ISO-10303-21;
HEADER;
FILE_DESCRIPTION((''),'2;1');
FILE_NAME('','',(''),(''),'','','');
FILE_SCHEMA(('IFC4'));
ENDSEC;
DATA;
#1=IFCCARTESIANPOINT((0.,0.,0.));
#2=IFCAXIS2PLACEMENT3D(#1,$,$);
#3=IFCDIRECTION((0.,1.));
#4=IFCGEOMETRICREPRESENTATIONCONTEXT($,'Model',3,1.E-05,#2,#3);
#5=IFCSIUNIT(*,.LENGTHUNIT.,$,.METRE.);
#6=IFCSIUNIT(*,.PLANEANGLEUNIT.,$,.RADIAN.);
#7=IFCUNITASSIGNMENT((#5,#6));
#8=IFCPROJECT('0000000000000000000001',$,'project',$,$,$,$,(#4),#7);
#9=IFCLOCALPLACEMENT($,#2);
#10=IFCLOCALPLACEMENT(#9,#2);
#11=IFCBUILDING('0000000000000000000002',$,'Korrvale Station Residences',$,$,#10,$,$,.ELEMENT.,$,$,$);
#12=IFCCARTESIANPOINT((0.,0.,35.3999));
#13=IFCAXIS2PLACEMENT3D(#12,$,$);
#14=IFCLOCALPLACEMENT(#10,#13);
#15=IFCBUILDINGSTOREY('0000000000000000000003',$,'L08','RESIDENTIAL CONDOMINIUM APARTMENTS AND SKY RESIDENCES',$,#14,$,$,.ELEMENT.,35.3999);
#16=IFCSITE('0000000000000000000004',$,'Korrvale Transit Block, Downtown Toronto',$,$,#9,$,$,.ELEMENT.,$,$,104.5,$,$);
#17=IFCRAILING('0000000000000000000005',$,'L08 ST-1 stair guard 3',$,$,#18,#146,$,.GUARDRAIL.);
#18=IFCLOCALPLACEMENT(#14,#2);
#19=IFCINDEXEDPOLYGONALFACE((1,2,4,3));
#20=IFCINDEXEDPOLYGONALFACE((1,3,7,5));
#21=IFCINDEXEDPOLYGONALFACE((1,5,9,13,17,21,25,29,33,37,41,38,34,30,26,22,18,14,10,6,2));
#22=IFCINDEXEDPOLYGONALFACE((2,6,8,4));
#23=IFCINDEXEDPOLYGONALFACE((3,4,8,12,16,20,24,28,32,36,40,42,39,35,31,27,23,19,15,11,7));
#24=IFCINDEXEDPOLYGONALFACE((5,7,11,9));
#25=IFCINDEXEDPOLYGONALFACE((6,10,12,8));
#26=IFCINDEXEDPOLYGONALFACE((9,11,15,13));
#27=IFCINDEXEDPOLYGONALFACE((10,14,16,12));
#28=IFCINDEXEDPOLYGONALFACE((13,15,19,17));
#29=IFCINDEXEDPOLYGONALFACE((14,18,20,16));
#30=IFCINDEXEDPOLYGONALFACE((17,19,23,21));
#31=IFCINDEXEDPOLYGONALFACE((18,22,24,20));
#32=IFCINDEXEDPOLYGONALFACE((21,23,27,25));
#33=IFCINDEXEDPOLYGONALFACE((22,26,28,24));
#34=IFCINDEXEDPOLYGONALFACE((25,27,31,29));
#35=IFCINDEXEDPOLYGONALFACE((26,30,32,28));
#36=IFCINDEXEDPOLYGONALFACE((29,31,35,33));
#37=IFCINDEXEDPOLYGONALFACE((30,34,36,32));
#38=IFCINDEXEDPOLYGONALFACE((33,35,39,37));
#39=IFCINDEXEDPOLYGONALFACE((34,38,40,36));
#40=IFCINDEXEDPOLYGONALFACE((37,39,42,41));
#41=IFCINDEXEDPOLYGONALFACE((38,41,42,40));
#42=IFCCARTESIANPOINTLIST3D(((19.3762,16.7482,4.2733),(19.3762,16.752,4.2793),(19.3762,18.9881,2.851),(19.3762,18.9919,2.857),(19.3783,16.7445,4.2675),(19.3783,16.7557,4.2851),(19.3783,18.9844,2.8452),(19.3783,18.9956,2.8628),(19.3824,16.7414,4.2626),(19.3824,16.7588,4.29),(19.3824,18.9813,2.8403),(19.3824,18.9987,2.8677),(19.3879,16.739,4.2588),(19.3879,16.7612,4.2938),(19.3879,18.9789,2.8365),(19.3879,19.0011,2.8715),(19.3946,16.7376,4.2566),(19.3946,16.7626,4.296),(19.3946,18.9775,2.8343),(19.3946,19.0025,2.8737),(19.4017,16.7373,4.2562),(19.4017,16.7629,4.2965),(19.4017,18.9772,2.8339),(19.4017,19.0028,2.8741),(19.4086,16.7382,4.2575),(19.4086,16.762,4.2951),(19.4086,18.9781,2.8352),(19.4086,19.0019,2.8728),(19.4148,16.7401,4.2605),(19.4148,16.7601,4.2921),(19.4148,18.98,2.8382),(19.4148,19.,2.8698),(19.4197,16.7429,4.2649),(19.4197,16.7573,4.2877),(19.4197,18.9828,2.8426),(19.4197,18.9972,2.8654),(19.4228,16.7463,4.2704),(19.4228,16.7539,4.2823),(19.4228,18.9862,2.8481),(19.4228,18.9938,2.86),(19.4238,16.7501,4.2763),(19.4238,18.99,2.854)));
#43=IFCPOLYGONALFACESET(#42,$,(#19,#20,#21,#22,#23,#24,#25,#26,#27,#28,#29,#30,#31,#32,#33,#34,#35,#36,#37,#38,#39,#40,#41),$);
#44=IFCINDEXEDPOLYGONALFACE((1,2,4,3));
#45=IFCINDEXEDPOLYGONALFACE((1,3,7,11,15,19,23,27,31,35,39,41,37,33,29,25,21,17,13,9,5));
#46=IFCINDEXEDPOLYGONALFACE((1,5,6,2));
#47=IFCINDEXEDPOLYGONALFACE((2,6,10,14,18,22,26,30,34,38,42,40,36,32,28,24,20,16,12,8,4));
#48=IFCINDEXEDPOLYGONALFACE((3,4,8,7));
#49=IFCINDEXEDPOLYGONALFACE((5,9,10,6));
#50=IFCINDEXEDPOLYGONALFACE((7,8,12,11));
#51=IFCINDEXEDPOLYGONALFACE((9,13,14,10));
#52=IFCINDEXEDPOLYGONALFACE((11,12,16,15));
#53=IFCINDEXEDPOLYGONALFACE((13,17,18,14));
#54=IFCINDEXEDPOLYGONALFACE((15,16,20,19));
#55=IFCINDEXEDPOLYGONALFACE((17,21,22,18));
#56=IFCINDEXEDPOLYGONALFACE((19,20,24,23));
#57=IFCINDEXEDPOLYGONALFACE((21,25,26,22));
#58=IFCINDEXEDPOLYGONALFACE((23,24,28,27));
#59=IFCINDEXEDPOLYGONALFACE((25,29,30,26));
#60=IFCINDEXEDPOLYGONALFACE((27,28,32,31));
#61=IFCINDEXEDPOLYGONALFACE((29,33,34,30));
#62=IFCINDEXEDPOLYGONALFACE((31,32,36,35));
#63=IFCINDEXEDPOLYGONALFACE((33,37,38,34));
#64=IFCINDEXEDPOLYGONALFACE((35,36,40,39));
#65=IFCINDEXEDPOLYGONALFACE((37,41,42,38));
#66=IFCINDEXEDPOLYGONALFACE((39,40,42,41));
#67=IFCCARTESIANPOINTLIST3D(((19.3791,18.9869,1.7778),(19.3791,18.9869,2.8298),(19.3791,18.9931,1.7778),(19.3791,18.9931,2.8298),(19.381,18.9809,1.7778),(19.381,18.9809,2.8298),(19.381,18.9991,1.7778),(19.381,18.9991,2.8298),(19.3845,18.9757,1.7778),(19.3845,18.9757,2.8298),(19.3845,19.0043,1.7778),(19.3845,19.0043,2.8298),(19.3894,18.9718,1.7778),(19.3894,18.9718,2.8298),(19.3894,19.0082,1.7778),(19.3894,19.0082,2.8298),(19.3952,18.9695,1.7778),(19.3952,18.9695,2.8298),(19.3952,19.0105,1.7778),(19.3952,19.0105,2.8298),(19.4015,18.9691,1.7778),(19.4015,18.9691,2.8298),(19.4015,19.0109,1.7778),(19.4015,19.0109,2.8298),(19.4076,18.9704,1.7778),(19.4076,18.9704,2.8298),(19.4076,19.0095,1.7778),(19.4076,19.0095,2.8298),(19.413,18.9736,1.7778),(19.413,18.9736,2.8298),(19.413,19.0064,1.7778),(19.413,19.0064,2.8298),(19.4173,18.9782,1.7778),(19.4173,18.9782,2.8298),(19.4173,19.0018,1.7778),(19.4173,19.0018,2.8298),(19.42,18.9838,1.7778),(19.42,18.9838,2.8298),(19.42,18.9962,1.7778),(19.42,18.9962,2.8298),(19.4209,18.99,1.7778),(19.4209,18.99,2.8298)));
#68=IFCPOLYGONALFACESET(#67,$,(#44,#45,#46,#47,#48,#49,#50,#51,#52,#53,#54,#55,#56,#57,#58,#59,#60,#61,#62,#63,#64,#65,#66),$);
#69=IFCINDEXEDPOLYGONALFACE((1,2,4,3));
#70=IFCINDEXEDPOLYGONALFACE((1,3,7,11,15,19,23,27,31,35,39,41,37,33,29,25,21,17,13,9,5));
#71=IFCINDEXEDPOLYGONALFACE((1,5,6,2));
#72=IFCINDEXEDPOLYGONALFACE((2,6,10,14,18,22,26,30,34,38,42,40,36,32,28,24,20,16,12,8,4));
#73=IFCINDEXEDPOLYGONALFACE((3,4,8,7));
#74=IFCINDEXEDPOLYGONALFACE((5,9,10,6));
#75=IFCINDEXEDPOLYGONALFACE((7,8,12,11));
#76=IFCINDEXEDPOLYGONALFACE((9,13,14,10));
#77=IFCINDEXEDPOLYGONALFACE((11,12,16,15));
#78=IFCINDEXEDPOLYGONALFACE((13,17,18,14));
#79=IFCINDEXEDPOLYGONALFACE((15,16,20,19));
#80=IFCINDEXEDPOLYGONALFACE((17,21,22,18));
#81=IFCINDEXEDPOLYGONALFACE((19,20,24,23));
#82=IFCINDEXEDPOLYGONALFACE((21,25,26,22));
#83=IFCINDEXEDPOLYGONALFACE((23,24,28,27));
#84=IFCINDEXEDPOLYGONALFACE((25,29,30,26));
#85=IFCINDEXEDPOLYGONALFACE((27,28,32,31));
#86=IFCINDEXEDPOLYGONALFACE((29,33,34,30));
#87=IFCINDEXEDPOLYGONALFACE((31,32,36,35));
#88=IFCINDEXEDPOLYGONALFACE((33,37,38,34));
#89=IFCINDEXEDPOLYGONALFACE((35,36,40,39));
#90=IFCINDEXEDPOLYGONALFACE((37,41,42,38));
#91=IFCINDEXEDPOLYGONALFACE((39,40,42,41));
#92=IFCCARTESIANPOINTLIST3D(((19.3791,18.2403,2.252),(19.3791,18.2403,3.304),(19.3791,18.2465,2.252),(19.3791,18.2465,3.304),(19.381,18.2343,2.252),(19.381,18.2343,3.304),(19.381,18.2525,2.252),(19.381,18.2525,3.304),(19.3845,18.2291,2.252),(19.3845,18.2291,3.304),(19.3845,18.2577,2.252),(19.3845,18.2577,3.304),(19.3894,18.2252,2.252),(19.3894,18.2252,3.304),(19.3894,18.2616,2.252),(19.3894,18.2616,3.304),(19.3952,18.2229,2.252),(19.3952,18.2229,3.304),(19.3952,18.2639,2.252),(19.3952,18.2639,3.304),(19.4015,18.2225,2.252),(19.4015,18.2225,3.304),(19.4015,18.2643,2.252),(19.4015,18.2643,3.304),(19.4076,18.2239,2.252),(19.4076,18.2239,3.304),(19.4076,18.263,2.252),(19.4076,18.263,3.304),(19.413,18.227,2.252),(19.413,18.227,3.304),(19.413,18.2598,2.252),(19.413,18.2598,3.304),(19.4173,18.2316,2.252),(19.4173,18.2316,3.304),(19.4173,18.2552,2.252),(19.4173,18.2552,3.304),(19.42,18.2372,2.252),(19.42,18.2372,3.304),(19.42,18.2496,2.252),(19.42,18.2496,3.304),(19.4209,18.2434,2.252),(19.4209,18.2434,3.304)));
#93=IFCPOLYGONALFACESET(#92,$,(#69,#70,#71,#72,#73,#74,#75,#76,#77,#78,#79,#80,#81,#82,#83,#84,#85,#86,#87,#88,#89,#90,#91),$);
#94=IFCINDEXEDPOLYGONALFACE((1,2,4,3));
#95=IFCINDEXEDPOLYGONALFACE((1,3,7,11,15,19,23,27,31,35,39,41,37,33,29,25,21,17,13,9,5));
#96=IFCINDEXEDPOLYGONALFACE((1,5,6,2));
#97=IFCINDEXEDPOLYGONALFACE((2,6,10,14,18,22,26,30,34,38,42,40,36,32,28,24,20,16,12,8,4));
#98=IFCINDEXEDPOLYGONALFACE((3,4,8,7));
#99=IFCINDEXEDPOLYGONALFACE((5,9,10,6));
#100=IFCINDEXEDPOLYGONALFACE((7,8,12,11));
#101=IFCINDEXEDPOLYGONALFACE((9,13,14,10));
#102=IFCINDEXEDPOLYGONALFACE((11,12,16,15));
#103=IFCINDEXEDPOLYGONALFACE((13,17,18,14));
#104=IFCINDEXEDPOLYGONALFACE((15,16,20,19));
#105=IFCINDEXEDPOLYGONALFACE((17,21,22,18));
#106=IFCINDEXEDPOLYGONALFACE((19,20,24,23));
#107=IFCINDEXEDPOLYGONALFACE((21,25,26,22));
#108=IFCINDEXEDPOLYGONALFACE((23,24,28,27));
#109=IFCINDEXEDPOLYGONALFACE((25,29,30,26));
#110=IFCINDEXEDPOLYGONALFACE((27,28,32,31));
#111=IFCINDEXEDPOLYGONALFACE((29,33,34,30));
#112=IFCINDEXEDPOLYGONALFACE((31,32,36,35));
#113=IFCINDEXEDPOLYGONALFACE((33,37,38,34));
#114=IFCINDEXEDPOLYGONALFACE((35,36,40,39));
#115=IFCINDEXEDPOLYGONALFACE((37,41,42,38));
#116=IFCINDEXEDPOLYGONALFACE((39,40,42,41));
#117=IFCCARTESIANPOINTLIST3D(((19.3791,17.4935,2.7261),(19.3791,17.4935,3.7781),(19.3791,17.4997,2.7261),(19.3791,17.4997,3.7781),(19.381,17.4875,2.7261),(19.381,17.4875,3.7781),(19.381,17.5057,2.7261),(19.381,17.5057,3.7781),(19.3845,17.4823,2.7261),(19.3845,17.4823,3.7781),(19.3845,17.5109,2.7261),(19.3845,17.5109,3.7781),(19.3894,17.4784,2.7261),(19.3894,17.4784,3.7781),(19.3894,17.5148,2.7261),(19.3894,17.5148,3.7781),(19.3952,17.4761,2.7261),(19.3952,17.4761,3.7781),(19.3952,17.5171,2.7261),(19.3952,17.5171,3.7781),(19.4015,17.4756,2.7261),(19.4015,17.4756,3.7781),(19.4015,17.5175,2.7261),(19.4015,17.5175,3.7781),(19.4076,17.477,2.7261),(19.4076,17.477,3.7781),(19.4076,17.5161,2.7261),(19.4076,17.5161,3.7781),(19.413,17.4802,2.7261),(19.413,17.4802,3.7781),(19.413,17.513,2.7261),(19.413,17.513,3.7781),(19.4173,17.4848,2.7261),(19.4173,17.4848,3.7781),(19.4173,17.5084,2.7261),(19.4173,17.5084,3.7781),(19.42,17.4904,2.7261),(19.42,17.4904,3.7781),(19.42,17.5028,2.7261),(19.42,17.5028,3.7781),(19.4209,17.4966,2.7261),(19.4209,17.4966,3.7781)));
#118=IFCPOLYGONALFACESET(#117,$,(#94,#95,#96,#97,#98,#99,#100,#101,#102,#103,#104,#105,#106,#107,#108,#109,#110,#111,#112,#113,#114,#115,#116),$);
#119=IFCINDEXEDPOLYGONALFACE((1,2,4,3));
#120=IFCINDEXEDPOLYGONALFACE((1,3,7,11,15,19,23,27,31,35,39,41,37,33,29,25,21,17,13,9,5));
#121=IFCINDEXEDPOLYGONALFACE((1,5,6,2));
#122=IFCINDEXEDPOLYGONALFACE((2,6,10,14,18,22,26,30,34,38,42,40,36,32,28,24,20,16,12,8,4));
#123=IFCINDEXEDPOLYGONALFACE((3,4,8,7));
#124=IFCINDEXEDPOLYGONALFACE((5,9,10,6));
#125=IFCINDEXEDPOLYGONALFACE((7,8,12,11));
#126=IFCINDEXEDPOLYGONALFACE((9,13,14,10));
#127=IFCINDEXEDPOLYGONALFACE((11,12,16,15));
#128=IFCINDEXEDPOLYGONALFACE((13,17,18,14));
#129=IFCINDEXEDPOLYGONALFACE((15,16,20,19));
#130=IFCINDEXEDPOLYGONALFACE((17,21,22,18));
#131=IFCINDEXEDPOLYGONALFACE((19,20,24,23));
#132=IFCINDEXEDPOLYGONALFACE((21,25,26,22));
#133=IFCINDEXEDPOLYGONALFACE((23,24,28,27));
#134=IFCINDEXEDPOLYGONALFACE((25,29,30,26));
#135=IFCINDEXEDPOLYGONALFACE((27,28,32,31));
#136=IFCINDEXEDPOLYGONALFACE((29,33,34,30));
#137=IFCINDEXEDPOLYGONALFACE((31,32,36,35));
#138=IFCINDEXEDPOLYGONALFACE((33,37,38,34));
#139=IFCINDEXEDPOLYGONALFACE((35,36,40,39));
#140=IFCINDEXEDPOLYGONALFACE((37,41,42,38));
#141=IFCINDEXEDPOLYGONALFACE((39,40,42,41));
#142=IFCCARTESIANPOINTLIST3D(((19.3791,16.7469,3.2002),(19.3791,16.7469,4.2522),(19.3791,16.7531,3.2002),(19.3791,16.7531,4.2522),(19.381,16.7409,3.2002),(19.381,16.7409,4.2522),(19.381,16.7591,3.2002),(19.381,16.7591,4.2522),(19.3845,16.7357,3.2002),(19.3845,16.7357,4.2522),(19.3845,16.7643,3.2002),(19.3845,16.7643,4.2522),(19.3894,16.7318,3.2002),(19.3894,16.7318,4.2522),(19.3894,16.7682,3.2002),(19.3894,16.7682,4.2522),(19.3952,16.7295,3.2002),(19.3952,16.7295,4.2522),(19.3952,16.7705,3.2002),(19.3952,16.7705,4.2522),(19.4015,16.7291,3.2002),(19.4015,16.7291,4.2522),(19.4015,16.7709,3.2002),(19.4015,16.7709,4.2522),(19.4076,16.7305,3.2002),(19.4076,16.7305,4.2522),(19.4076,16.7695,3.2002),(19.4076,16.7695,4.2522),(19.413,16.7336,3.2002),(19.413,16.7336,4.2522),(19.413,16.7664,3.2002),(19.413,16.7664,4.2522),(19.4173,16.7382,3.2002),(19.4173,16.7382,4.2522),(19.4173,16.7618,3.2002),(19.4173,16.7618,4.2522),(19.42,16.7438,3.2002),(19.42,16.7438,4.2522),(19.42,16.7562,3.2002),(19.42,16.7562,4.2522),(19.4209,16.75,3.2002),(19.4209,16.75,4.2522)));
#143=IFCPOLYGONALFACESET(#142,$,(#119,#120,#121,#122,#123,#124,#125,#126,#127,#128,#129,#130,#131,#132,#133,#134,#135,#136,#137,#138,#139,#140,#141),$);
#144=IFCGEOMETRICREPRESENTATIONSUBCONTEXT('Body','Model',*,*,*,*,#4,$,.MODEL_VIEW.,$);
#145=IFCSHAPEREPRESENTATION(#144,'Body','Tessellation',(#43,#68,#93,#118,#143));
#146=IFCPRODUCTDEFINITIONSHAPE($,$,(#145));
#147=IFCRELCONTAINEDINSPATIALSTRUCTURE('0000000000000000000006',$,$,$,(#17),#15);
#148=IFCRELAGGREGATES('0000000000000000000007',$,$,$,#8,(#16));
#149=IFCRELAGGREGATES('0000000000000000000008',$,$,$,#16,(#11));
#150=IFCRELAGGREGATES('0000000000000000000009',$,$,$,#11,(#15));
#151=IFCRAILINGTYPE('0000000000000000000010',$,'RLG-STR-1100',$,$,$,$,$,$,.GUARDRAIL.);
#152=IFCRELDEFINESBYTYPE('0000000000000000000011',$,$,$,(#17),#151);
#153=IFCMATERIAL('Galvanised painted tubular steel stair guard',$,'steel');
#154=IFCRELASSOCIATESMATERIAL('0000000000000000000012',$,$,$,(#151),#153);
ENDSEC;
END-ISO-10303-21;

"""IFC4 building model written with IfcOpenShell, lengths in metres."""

from ifc_helpers import new_model, si_unit, direction, frame, origin, origin_2d, place, context, subcontext, project, spatial, circle, extrude, material, type_object, element, save


model = new_model("IFC4")

# Units and contexts
model_context = context("Model", 3, precision=1e-05, world=origin(), true_north=direction((0.0, 1.0)))
body_context = subcontext(model_context, "Body", "Model", "MODEL_VIEW")
ifc_project = project(units=[si_unit("LENGTHUNIT", "METRE"), si_unit("PLANEANGLEUNIT", "RADIAN")], contexts=[model_context])

# Site, building, storey
site_placement = place(None, origin())
site = spatial("IfcSite", under=ifc_project, at=site_placement, Name="Korrvale Transit Block, Downtown Toronto", CompositionType="ELEMENT", RefElevation=104.5)
building_placement = place(site_placement, origin())
building = spatial("IfcBuilding", under=site, at=building_placement, Name="Korrvale Station Residences", CompositionType="ELEMENT")
storey_placement = place(building_placement, frame((0.0, 0.0, 35.3999)))
storey = spatial("IfcBuildingStorey", under=building, at=storey_placement, Name="L08", Description="RESIDENTIAL CONDOMINIUM APARTMENTS AND SKY RESIDENCES", CompositionType="ELEMENT", Elevation=35.3999)

# Railing
ifc_material_1 = material(Name="Galvanised painted tubular steel stair guard", Category="steel")
railing_type_1 = type_object("IfcRailingType", Name="RLG-STR-1100", PredefinedType="GUARDRAIL", material=ifc_material_1)
railing_1_placement = place(storey_placement, frame((19.3999, 18.99, 1.7778)))
element("IfcRailing", 1, at=railing_1_placement, inside=storey, type_object=railing_type_1, Name="L08 ST-1 stair guard 3", PredefinedType="GUARDRAIL", context=body_context, shape_type="SweptSolid", body=[
    extrude(circle(Radius=0.0239, at=origin_2d()), frame((0.0, 0.0, 1.0762), z_axis=(0.0, -0.844188, 0.536048), x_axis=(1.0, 0.0, 0.0)), (0.0, 0.0, 1.0), 2.6533),
    extrude(circle(Radius=0.021, at=origin_2d()), origin(), (0.0, 0.0, 1.0), 1.052),
    extrude(circle(Radius=0.021, at=origin_2d()), frame((0.0, -0.7466, 0.4741)), (0.0, 0.0, 1.0), 1.052),
    extrude(circle(Radius=0.021, at=origin_2d()), frame((0.0, -1.4934, 0.9482)), (0.0, 0.0, 1.0), 1.052),
    extrude(circle(Radius=0.021, at=origin_2d()), frame((0.0, -2.24, 1.4224)), (0.0, 0.0, 1.0), 1.052),
])

save(model, "model.ifc")
